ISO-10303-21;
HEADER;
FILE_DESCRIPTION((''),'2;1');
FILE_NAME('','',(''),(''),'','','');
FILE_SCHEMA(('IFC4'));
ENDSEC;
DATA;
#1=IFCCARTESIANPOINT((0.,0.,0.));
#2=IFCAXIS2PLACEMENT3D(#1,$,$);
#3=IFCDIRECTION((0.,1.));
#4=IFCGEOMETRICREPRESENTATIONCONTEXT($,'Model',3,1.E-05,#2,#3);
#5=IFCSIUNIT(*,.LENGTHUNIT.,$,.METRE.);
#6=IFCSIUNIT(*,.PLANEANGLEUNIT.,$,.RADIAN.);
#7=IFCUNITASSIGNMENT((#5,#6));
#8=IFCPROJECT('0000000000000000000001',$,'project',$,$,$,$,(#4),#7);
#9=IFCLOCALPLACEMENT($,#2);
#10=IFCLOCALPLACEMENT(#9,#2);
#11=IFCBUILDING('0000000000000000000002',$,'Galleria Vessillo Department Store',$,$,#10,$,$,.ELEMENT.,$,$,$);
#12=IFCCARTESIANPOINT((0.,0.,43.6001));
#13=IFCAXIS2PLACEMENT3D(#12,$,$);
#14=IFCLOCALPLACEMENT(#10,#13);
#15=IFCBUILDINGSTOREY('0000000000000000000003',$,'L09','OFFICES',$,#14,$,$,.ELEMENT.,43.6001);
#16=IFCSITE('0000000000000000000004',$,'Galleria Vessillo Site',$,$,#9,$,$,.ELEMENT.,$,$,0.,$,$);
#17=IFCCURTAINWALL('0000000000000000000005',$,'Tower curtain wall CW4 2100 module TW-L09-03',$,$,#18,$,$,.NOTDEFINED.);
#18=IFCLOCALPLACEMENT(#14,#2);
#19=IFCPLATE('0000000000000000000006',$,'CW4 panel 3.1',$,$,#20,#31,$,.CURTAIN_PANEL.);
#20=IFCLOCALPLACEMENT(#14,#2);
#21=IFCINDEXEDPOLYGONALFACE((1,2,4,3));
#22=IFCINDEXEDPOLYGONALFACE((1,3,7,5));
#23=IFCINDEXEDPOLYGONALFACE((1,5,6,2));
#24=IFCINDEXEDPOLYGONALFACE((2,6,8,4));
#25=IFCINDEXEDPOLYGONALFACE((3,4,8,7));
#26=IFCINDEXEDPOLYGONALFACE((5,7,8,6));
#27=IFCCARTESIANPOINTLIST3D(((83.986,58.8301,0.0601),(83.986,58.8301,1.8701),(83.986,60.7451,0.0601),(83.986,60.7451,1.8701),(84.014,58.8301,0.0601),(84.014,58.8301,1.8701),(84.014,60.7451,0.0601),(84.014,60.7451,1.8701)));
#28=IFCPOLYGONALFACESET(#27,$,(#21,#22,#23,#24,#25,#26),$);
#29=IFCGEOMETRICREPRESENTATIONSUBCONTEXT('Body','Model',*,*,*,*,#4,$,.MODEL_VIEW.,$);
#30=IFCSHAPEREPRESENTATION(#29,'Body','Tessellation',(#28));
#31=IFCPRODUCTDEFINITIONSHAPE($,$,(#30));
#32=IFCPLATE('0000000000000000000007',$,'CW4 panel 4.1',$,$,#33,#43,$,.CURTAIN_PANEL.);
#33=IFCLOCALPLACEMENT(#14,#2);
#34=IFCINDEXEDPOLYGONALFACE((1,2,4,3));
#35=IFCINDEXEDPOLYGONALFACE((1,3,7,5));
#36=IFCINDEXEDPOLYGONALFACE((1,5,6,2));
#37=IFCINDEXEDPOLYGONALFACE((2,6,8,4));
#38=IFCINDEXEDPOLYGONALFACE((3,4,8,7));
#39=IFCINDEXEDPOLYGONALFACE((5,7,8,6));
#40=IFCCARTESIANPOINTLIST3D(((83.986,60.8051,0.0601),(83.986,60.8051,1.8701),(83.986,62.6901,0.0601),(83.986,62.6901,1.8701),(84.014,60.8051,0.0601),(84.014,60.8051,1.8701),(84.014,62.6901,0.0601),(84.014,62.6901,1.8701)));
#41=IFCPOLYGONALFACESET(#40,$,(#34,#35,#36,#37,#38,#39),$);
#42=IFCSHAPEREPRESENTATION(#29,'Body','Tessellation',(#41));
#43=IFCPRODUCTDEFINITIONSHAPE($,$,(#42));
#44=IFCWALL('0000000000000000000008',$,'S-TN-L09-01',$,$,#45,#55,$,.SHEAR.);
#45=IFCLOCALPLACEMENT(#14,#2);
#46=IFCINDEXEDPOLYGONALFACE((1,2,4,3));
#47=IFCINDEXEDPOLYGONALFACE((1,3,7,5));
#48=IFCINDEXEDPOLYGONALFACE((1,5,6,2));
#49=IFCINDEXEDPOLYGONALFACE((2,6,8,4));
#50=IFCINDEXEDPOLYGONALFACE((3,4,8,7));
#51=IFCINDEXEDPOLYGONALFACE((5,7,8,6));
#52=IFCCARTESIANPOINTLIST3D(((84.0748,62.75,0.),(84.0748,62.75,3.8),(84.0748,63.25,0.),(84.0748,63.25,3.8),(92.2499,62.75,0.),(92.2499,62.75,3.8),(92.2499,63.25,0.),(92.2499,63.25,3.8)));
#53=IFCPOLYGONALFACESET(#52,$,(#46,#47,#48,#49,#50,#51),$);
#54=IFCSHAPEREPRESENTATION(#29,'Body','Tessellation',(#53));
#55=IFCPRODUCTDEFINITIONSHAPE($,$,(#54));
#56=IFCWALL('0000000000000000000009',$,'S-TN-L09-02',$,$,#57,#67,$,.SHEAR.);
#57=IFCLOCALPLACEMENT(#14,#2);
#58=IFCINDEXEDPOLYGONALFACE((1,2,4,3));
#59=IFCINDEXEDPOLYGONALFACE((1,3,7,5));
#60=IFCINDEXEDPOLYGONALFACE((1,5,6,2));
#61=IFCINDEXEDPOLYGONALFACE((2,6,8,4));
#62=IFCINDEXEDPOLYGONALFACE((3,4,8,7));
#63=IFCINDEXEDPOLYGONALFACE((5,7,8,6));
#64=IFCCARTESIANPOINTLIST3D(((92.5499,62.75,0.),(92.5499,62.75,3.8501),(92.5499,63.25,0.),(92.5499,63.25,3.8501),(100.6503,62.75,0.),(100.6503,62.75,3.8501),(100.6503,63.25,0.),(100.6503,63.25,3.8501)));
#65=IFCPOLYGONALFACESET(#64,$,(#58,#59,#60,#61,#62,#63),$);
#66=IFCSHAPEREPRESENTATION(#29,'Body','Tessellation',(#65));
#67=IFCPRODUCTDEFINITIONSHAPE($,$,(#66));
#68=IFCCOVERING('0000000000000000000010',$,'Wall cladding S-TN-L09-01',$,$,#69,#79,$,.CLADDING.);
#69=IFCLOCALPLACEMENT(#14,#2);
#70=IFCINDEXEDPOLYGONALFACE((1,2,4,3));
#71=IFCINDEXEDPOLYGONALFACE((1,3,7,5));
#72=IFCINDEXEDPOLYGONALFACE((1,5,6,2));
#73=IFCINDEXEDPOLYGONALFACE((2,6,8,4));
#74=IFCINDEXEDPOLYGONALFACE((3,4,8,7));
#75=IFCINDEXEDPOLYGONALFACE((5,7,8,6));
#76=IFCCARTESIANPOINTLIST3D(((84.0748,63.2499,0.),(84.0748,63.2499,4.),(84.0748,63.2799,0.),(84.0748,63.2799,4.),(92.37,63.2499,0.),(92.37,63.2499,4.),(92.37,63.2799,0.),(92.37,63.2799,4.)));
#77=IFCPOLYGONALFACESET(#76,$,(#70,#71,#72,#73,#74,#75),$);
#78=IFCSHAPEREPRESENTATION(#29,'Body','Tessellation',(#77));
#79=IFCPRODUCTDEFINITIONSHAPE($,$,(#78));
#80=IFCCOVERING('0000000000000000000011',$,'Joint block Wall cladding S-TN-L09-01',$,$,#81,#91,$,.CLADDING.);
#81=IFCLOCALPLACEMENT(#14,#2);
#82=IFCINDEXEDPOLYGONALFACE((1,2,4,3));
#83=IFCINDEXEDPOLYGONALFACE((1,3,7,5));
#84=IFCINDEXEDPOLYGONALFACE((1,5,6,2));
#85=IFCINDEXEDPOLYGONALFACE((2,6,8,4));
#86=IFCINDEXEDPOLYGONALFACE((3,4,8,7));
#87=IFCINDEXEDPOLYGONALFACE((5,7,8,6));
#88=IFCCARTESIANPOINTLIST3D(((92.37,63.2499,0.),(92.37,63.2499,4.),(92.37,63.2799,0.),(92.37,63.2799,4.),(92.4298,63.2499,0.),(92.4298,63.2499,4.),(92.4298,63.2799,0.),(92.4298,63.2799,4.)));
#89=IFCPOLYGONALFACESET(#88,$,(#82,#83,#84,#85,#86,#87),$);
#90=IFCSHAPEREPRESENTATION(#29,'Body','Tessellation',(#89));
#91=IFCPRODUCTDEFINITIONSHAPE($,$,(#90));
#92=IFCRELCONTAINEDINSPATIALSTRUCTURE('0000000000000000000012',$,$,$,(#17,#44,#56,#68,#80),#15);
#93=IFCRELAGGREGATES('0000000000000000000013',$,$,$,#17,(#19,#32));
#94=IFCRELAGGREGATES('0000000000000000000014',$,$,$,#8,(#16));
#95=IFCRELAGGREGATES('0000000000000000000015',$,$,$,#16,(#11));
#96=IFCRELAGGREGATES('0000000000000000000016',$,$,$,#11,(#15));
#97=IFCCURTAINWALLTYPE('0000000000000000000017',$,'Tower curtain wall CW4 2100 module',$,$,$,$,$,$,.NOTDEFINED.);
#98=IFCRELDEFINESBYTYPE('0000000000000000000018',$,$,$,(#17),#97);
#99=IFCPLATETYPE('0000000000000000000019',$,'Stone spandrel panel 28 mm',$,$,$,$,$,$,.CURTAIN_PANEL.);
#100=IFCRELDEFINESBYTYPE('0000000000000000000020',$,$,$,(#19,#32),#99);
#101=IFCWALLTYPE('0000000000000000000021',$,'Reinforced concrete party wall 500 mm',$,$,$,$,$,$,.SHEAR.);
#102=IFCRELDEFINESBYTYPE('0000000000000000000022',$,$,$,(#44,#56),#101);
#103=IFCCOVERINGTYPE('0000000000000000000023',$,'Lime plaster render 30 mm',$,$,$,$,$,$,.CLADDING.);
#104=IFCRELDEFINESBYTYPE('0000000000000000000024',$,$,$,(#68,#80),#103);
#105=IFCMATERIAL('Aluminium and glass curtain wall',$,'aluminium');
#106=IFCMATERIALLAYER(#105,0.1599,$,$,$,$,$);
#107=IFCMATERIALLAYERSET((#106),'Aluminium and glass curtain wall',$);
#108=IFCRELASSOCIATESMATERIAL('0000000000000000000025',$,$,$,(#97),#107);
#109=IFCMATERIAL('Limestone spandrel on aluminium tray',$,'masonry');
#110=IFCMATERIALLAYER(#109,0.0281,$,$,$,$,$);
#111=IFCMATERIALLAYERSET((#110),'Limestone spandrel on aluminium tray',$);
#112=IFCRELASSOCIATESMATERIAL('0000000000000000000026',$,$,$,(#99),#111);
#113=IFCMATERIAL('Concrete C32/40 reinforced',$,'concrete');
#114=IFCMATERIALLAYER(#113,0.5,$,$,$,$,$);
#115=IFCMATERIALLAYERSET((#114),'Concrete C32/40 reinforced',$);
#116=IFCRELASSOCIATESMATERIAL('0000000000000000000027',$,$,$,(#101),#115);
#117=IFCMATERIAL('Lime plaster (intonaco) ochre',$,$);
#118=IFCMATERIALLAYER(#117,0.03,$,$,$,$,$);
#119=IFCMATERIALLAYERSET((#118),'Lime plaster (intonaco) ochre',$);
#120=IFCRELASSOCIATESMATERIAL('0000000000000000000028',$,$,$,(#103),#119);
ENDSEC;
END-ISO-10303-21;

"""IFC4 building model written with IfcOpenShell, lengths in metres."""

from ifc_helpers import new_model, si_unit, direction, frame, frame_2d, origin, origin_2d, place, context, subcontext, project, spatial, rectangle, extrude, material, layer, layer_set, type_object, element, aggregate, save


model = new_model("IFC4")

# Units and contexts
model_context = context("Model", 3, precision=1e-05, world=origin(), true_north=direction((0.0, 1.0)))
body_context = subcontext(model_context, "Body", "Model", "MODEL_VIEW")
ifc_project = project(units=[si_unit("LENGTHUNIT", "METRE"), si_unit("PLANEANGLEUNIT", "RADIAN")], contexts=[model_context])

# Site, building, storey
site_placement = place(None, origin())
site = spatial("IfcSite", under=ifc_project, at=site_placement, Name="Galleria Vessillo Site", CompositionType="ELEMENT", RefElevation=0.0)
building_placement = place(site_placement, origin())
building = spatial("IfcBuilding", under=site, at=building_placement, Name="Galleria Vessillo Department Store", CompositionType="ELEMENT")
storey_placement = place(building_placement, frame((0.0, 0.0, 43.6001)))
storey = spatial("IfcBuildingStorey", under=building, at=storey_placement, Name="L09", Description="OFFICES", CompositionType="ELEMENT", Elevation=43.6001)

# Curtain wall
ifc_material_1 = material(Name="Aluminium and glass curtain wall", Category="aluminium")
ifc_layer_1 = layer(ifc_material_1, 0.1599)
ifc_layer_set_1 = layer_set([ifc_layer_1], Name="Aluminium and glass curtain wall")
curtain_wall_type = type_object("IfcCurtainWallType", Name="Tower curtain wall CW4 2100 module", PredefinedType="NOTDEFINED", material=ifc_layer_set_1)
curtain_wall_placement = place(storey_placement, origin())
curtain_wall = element("IfcCurtainWall", 1, at=curtain_wall_placement, inside=storey, type_object=curtain_wall_type, Name="Tower curtain wall CW4 2100 module TW-L09-03", PredefinedType="NOTDEFINED")

# Plates
ifc_material_2 = material(Name="Limestone spandrel on aluminium tray", Category="masonry")
ifc_layer_2 = layer(ifc_material_2, 0.0281)
ifc_layer_set_2 = layer_set([ifc_layer_2], Name="Limestone spandrel on aluminium tray")
plate_type_1 = type_object("IfcPlateType", Name="Stone spandrel panel 28 mm", PredefinedType="CURTAIN_PANEL", material=ifc_layer_set_2)
plate_1_placement = place(storey_placement, frame((84.0, 59.7876, 0.0601), z_axis=(0.0, 0.0, 1.0), x_axis=(0.0, 1.0, 0.0)))
plate_1 = element("IfcPlate", 2, at=plate_1_placement, type_object=plate_type_1, Name="CW4 panel 3.1", PredefinedType="CURTAIN_PANEL", context=body_context, shape_type="SweptSolid", body=[
    extrude(rectangle(XDim=1.915, YDim=0.0281, at=origin_2d()), origin(), (0.0, 0.0, 1.0), 1.8101),
])
plate_2_placement = place(storey_placement, frame((84.0, 61.7476, 0.0601), z_axis=(0.0, 0.0, 1.0), x_axis=(0.0, 1.0, 0.0)))
plate_2 = element("IfcPlate", 3, at=plate_2_placement, type_object=plate_type_1, Name="CW4 panel 4.1", PredefinedType="CURTAIN_PANEL", context=body_context, shape_type="SweptSolid", body=[
    extrude(rectangle(XDim=1.885, YDim=0.0281, at=origin_2d()), origin(), (0.0, 0.0, 1.0), 1.8101),
])
aggregate(curtain_wall, [plate_1, plate_2])

# Walls
ifc_material_3 = material(Name="Concrete C32/40 reinforced", Category="concrete")
ifc_layer_3 = layer(ifc_material_3, 0.5)
ifc_layer_set_3 = layer_set([ifc_layer_3], Name="Concrete C32/40 reinforced")
wall_type = type_object("IfcWallType", Name="Reinforced concrete party wall 500 mm", PredefinedType="SHEAR", material=ifc_layer_set_3)
wall_1_placement = place(storey_placement, frame((84.075, 63.0, 0.0), z_axis=(0.0, 0.0, 1.0), x_axis=(1.0, 0.0, 0.0)))
element("IfcWall", 4, at=wall_1_placement, inside=storey, type_object=wall_type, Name="S-TN-L09-01", PredefinedType="SHEAR", context=body_context, shape_type="SweptSolid", body=[
    extrude(rectangle(XDim=8.175, YDim=0.5, at=frame_2d((4.0874, 0.0))), origin(), (0.0, 0.0, 1.0), 3.8),
])
wall_2_placement = place(storey_placement, frame((92.5498, 63.0, 0.0), z_axis=(0.0, 0.0, 1.0), x_axis=(1.0, 0.0, 0.0)))
element("IfcWall", 5, at=wall_2_placement, inside=storey, type_object=wall_type, Name="S-TN-L09-02", PredefinedType="SHEAR", context=body_context, shape_type="SweptSolid", body=[
    extrude(rectangle(XDim=8.1003, YDim=0.5, at=frame_2d((4.0503, 0.0))), origin(), (0.0, 0.0, 1.0), 3.8501),
])

# Coverings
ifc_material_4 = material(Name="Lime plaster (intonaco) ochre")
ifc_layer_4 = layer(ifc_material_4, 0.03)
ifc_layer_set_4 = layer_set([ifc_layer_4], Name="Lime plaster (intonaco) ochre")
covering_type = type_object("IfcCoveringType", Name="Lime plaster render 30 mm", PredefinedType="CLADDING", material=ifc_layer_set_4)
covering_1_placement = place(storey_placement, frame((88.2224, 63.2649, 0.0), z_axis=(0.0, 0.0, 1.0), x_axis=(1.0, 0.0, 0.0)))
element("IfcCovering", 6, at=covering_1_placement, inside=storey, type_object=covering_type, Name="Wall cladding S-TN-L09-01", PredefinedType="CLADDING", context=body_context, shape_type="SweptSolid", body=[
    extrude(rectangle(XDim=8.2952, YDim=0.03, at=origin_2d()), origin(), (0.0, 0.0, 1.0), 4.0),
])
covering_2_placement = place(storey_placement, frame((92.3999, 63.2649, 0.0), z_axis=(0.0, 0.0, 1.0), x_axis=(1.0, 0.0, 0.0)))
element("IfcCovering", 7, at=covering_2_placement, inside=storey, type_object=covering_type, Name="Joint block Wall cladding S-TN-L09-01", PredefinedType="CLADDING", context=body_context, shape_type="SweptSolid", body=[
    extrude(rectangle(XDim=0.0598, YDim=0.03, at=origin_2d()), origin(), (0.0, 0.0, 1.0), 4.0),
])

save(model, "model.ifc")
